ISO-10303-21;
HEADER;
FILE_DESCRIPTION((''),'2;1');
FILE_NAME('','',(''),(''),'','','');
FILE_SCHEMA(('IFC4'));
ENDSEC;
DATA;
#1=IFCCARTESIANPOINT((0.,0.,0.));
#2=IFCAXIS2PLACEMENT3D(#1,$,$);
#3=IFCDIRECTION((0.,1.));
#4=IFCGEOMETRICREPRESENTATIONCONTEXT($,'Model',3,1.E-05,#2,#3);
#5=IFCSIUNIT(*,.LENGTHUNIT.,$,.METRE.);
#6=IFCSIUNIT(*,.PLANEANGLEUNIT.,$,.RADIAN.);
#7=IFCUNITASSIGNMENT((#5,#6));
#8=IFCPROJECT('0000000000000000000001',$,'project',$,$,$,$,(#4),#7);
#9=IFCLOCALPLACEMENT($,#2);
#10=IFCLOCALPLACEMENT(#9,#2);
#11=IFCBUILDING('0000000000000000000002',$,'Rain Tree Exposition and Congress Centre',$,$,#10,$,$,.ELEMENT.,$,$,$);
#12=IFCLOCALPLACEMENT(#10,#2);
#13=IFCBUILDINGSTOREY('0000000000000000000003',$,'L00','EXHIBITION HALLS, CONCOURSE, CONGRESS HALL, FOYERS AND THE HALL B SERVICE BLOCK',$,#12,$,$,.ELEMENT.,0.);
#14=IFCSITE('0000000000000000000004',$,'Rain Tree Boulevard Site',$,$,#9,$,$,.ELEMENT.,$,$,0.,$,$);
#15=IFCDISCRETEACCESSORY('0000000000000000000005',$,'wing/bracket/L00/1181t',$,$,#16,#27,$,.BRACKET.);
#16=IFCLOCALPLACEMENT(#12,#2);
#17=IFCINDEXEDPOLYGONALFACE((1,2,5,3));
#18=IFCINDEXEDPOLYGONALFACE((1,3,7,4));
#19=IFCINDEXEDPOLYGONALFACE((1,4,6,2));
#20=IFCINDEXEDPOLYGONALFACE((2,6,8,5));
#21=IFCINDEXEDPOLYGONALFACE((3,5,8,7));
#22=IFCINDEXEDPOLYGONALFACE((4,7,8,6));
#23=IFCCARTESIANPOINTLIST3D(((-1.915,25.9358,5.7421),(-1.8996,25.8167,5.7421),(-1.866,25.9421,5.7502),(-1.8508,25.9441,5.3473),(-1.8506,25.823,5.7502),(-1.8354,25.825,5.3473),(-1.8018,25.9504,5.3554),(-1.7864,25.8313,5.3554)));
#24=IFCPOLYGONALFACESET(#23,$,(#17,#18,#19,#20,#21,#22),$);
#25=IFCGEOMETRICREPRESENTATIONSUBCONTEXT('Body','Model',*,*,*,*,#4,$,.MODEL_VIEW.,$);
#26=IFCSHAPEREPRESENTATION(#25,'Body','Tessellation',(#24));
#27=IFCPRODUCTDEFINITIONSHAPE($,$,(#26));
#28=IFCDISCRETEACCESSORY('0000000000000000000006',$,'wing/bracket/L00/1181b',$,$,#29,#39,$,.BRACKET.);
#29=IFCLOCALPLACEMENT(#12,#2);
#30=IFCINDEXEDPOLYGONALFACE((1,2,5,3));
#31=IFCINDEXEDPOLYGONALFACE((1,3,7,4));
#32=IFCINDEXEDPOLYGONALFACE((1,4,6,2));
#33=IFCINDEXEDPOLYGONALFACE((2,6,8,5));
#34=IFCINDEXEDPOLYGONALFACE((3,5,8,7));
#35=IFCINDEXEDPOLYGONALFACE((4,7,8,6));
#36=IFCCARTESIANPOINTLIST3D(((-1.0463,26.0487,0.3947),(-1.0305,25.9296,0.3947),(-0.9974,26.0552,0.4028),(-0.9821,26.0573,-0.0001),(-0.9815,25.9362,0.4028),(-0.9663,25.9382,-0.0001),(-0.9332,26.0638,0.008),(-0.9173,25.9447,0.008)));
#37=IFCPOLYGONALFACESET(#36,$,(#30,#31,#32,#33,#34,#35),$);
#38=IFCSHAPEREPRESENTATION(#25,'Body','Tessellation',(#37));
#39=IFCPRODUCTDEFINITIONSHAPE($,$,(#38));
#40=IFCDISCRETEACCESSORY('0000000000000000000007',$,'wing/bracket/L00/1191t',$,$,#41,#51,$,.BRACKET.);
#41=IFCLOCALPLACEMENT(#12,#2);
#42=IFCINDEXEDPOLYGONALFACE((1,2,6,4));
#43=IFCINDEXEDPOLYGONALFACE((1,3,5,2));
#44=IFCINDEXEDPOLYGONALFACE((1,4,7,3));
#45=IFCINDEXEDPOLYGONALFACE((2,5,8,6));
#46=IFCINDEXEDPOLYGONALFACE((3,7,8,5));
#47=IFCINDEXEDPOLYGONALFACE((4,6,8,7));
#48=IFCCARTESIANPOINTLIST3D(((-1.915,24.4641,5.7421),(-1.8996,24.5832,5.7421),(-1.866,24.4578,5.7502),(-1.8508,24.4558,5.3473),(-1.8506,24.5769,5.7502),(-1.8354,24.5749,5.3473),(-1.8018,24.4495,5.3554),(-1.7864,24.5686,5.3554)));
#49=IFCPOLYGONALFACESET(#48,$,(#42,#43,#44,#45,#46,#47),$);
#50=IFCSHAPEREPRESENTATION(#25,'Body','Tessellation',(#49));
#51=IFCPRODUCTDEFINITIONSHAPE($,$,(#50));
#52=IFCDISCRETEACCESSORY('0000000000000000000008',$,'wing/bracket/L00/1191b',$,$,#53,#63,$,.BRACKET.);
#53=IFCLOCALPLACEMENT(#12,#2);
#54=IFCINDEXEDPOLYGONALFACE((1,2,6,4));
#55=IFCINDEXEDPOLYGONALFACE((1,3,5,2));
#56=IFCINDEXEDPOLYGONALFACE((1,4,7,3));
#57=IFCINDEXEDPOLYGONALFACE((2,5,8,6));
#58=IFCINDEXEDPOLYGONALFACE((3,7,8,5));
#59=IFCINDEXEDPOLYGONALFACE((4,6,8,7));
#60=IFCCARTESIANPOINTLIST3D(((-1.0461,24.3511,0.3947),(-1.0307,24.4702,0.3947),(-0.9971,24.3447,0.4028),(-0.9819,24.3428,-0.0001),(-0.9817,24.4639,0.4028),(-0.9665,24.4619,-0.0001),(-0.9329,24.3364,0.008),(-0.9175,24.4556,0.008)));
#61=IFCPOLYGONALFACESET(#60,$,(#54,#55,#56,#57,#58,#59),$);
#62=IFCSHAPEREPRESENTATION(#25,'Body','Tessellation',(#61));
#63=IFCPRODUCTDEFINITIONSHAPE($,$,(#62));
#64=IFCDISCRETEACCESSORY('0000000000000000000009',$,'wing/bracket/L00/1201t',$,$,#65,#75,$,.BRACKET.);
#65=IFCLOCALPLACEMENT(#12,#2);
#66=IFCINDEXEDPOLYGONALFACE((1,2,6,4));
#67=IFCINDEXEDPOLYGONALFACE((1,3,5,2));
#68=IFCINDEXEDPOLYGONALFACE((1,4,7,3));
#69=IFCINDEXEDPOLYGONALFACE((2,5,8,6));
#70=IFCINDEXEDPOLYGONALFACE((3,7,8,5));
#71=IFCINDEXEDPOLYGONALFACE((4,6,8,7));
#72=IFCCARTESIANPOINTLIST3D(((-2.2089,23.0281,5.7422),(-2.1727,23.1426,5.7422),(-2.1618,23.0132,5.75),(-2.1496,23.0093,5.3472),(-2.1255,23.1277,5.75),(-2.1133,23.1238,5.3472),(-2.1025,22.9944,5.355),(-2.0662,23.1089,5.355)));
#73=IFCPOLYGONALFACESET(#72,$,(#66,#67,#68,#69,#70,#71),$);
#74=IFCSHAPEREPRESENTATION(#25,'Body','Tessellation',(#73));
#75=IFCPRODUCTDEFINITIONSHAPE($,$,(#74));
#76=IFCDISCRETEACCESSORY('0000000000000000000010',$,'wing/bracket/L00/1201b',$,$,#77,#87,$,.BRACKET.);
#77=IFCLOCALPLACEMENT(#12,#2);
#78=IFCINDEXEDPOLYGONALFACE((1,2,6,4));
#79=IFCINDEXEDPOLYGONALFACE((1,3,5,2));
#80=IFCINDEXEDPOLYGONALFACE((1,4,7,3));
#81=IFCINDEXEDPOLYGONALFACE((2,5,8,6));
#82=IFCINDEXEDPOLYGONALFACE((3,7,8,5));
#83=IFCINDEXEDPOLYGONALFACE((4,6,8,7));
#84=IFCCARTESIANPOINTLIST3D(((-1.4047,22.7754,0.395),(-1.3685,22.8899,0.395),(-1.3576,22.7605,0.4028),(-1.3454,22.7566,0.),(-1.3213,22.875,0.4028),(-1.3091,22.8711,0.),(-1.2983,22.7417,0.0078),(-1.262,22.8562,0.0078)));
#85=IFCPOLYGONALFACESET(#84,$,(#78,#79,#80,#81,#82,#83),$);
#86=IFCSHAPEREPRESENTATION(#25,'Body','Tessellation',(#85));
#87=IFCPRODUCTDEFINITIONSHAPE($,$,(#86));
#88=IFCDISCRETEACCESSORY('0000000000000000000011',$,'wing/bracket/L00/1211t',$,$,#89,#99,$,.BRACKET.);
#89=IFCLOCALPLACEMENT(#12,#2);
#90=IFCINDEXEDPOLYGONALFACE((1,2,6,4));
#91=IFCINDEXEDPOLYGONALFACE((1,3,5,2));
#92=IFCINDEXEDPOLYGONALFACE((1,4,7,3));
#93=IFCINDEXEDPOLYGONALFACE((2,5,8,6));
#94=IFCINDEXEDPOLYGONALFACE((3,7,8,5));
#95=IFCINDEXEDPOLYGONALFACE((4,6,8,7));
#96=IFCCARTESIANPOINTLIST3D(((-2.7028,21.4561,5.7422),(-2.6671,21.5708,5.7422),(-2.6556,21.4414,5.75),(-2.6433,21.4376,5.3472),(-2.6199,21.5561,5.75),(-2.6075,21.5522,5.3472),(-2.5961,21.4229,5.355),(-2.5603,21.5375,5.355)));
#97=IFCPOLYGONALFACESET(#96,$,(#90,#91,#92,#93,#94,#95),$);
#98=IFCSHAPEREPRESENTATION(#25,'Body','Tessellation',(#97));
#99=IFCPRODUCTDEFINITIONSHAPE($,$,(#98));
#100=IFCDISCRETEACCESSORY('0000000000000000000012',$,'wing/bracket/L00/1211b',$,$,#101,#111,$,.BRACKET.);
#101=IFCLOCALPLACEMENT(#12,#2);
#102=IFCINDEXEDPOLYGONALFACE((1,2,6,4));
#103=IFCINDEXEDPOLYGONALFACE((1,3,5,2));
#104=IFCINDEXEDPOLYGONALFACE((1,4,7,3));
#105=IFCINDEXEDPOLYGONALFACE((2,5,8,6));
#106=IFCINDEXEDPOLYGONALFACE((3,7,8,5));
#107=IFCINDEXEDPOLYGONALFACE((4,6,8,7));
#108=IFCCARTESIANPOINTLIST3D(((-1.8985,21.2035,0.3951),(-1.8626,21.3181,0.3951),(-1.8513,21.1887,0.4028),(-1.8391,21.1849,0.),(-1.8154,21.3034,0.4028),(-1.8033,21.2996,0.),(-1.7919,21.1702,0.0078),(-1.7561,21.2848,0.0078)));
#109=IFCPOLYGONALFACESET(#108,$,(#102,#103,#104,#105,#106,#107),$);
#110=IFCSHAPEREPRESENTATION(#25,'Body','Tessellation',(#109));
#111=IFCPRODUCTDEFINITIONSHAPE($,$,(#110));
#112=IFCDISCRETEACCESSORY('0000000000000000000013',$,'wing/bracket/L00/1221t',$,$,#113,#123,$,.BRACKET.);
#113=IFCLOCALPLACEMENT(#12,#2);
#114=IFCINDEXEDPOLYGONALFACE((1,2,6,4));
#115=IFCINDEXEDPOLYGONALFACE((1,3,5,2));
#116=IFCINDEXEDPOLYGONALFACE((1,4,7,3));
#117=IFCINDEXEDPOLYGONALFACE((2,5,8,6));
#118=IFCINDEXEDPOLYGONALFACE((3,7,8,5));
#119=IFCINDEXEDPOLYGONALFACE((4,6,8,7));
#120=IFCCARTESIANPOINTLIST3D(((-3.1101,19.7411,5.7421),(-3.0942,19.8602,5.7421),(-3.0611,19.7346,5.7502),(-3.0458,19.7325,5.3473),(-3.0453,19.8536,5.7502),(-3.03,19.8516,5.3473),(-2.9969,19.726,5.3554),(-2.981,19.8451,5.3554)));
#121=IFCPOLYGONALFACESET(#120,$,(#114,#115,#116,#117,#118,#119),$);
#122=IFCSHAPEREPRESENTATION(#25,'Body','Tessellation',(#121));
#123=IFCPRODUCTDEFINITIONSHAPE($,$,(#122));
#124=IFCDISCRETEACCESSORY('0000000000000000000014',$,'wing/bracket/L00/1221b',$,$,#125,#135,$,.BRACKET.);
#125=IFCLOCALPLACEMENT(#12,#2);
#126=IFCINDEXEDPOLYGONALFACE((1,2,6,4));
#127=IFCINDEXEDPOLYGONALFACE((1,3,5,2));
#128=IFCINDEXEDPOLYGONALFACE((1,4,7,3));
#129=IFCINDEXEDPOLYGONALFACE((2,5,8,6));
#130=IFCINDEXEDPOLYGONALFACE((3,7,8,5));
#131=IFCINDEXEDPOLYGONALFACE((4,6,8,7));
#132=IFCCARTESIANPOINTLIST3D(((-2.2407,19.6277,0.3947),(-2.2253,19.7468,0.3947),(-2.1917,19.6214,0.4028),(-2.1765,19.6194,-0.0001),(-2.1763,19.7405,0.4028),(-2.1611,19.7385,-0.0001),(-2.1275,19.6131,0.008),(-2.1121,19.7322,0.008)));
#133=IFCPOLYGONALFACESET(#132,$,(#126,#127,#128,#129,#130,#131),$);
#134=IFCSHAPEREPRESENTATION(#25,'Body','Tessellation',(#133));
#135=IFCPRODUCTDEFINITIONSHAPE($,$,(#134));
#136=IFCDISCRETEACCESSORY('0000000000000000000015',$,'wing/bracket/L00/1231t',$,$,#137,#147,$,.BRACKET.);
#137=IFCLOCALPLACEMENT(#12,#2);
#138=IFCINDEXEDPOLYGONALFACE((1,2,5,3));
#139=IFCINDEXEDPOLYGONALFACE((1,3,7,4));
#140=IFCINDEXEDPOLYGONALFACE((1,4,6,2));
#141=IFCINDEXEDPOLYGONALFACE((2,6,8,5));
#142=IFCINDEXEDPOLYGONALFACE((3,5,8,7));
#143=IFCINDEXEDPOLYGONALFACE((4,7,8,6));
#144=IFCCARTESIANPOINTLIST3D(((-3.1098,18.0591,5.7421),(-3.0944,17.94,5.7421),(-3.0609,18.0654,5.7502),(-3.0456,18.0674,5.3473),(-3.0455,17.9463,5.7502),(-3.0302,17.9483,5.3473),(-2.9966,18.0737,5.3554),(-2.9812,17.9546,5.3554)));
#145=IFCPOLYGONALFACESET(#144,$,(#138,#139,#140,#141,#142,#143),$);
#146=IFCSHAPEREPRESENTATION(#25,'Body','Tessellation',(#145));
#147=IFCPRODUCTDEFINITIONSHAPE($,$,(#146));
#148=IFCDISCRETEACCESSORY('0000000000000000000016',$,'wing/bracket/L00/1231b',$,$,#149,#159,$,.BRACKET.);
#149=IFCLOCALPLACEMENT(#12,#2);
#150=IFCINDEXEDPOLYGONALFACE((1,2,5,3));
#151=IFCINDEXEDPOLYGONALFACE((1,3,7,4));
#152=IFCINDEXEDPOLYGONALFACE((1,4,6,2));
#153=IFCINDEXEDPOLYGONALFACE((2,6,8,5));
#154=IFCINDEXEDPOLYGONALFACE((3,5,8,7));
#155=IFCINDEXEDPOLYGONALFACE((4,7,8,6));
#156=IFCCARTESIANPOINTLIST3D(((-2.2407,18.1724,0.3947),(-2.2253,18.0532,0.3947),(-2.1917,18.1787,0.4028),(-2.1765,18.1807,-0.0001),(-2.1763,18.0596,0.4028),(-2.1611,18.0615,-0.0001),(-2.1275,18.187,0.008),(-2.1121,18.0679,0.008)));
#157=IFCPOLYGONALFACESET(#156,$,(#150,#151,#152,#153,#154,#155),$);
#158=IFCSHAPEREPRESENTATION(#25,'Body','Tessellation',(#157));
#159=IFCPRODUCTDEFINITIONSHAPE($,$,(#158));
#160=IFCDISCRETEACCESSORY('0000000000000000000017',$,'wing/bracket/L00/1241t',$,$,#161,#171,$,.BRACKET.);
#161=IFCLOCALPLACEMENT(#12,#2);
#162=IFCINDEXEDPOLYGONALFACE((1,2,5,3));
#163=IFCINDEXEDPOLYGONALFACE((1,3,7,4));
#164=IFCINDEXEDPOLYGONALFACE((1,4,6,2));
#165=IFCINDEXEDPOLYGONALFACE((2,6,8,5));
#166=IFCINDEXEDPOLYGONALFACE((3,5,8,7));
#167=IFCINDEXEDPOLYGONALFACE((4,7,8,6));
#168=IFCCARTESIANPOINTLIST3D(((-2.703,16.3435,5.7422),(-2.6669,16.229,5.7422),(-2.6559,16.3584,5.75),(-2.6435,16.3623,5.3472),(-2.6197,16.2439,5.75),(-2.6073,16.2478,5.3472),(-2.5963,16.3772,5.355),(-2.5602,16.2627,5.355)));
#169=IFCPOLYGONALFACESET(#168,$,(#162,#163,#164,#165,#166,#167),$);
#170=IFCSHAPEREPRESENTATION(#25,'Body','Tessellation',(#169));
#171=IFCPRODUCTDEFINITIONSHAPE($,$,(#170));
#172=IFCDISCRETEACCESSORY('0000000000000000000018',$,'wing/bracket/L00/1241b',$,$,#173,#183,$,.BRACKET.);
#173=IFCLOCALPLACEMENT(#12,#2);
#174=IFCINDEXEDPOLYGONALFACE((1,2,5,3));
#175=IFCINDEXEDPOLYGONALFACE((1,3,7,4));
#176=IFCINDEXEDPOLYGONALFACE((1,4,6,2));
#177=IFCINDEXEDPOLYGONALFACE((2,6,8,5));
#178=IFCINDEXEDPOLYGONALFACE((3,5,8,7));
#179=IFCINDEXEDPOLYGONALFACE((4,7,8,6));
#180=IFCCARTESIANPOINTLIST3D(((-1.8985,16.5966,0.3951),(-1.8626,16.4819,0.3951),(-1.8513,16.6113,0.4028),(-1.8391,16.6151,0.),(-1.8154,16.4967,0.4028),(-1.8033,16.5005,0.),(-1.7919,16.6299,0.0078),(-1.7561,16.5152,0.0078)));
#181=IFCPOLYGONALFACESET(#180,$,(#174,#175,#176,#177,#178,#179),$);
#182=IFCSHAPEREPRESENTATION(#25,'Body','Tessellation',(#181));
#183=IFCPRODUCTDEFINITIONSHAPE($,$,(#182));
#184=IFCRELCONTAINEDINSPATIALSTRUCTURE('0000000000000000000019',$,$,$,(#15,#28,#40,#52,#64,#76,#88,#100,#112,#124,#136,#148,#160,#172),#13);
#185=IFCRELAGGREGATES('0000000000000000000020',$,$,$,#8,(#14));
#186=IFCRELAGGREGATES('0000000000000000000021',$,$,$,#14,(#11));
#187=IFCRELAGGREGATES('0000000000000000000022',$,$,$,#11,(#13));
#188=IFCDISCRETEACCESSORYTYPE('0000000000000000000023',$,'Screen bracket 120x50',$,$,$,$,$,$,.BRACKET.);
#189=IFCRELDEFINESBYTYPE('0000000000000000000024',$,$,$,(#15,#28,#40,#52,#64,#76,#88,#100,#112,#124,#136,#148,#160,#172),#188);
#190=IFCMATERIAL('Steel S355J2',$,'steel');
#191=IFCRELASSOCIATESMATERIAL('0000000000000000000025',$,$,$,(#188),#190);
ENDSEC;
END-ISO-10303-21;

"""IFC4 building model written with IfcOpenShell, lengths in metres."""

from ifc_helpers import new_model, si_unit, direction, frame, origin, origin_2d, place, context, subcontext, project, spatial, rectangle, extrude, material, material_profile, profile_set, type_object, element, save


model = new_model("IFC4")

# Units and contexts
model_context = context("Model", 3, precision=1e-05, world=origin(), true_north=direction((0.0, 1.0)))
body_context = subcontext(model_context, "Body", "Model", "MODEL_VIEW")
ifc_project = project(units=[si_unit("LENGTHUNIT", "METRE"), si_unit("PLANEANGLEUNIT", "RADIAN")], contexts=[model_context])

# Site, building, storey
site_placement = place(None, origin())
site = spatial("IfcSite", under=ifc_project, at=site_placement, Name="Rain Tree Boulevard Site", CompositionType="ELEMENT", RefElevation=0.0)
building_placement = place(site_placement, origin())
building = spatial("IfcBuilding", under=site, at=building_placement, Name="Rain Tree Exposition and Congress Centre", CompositionType="ELEMENT")
storey_placement = place(building_placement, origin())
storey = spatial("IfcBuildingStorey", under=building, at=storey_placement, Name="L00", Description="EXHIBITION HALLS, CONCOURSE, CONGRESS HALL, FOYERS AND THE HALL B SERVICE BLOCK", CompositionType="ELEMENT", Elevation=0.0)

# Discrete accessories
ifc_material_1 = material(Name="Steel S355J2", Category="steel")
ifc_material_profile_1 = material_profile(ifc_material_1, rectangle(XDim=0.1201, YDim=0.05, at=origin_2d()), Name="Flat bar 120x50")
ifc_profile_set_1 = profile_set([ifc_material_profile_1], Name="Steel S355J2")
discrete_accessory_type = type_object("IfcDiscreteAccessoryType", Name="Screen bracket 120x50", PredefinedType="BRACKET", material=ifc_profile_set_1)
for number, where, z_axis, x_axis, name in (
    (1, (-1.8186, 25.8877, 5.3513), (-0.160503, -0.020749, 0.986817), (0.128211, -0.991747, 0.0), "wing/bracket/L00/1181t"),
    (2, (-0.9497, 26.001, 0.0039), (-0.160501, -0.021359, 0.986805), (0.131917, -0.991261, 0.0), "wing/bracket/L00/1181b"),
    (3, (-1.8186, 24.5122, 5.3513), (-0.160503, 0.020749, 0.986817), (-0.128211, -0.991747, 0.0), "wing/bracket/L00/1191t"),
    (4, (-0.9497, 24.3992, 0.0039), (-0.160503, 0.020749, 0.986817), (-0.128211, -0.991747, 0.0), "wing/bracket/L00/1191b"),
):
    element("IfcDiscreteAccessory", number, at=place(storey_placement, frame(where, z_axis=z_axis, x_axis=x_axis)), inside=storey, type_object=discrete_accessory_type, Name=name, PredefinedType="BRACKET", context=body_context, shape_type="SweptSolid", body=[
        extrude(rectangle(XDim=0.1201, YDim=0.05, at=origin_2d()), origin(), (0.0, 0.0, 1.0), 0.4001),
    ])
for number, where, z_axis, x_axis, name in (
    (5, (-2.1079, 23.0591, 5.3511), (-0.148356, 0.04701, 0.987816), (-0.30207, -0.953286, 0.0), "wing/bracket/L00/1201t"),
    (6, (-1.3037, 22.8064, 0.0039), (-0.148356, 0.04701, 0.987816), (-0.30207, -0.953286, 0.0), "wing/bracket/L00/1201b"),
    (7, (-2.6018, 21.4875, 5.3511), (-0.148957, 0.046396, 0.987755), (-0.297384, -0.954758, 0.0), "wing/bracket/L00/1211t"),
    (8, (-1.7976, 21.2349, 0.0039), (-0.14836, 0.046401, 0.987844), (-0.298499, -0.95441, 0.0), "wing/bracket/L00/1211b"),
):
    element("IfcDiscreteAccessory", number, at=place(storey_placement, frame(where, z_axis=z_axis, x_axis=x_axis)), inside=storey, type_object=discrete_accessory_type, Name=name, PredefinedType="BRACKET", context=body_context, shape_type="SweptSolid", body=[
        extrude(rectangle(XDim=0.1201, YDim=0.05, at=origin_2d()), origin(), (0.0, 0.0, 1.0), 0.3999),
    ])
for number, where, z_axis, x_axis, name in (
    (9, (-3.0134, 19.7888, 5.3513), (-0.160501, 0.021359, 0.986805), (-0.131917, -0.991261, 0.0), "wing/bracket/L00/1221t"),
    (10, (-2.1443, 19.6758, 0.0039), (-0.160503, 0.020749, 0.986817), (-0.128211, -0.991747, 0.0), "wing/bracket/L00/1221b"),
    (11, (-3.0134, 18.011, 5.3513), (-0.160503, -0.020749, 0.986817), (0.128211, -0.991747, 0.0), "wing/bracket/L00/1231t"),
    (12, (-2.1443, 18.1243, 0.0039), (-0.160503, -0.020749, 0.986817), (0.128211, -0.991747, 0.0), "wing/bracket/L00/1231b"),
):
    element("IfcDiscreteAccessory", number, at=place(storey_placement, frame(where, z_axis=z_axis, x_axis=x_axis)), inside=storey, type_object=discrete_accessory_type, Name=name, PredefinedType="BRACKET", context=body_context, shape_type="SweptSolid", body=[
        extrude(rectangle(XDim=0.1201, YDim=0.05, at=origin_2d()), origin(), (0.0, 0.0, 1.0), 0.4001),
    ])
for number, where, z_axis, x_axis, name in (
    (13, (-2.6018, 16.3125, 5.3511), (-0.148953, -0.047006, 0.987726), (0.300944, -0.953642, 0.0), "wing/bracket/L00/1241t"),
    (14, (-1.7976, 16.5652, 0.0039), (-0.14836, -0.046401, 0.987844), (0.298499, -0.95441, 0.0), "wing/bracket/L00/1241b"),
):
    element("IfcDiscreteAccessory", number, at=place(storey_placement, frame(where, z_axis=z_axis, x_axis=x_axis)), inside=storey, type_object=discrete_accessory_type, Name=name, PredefinedType="BRACKET", context=body_context, shape_type="SweptSolid", body=[
        extrude(rectangle(XDim=0.1201, YDim=0.05, at=origin_2d()), origin(), (0.0, 0.0, 1.0), 0.3999),
    ])

save(model, "model.ifc")
